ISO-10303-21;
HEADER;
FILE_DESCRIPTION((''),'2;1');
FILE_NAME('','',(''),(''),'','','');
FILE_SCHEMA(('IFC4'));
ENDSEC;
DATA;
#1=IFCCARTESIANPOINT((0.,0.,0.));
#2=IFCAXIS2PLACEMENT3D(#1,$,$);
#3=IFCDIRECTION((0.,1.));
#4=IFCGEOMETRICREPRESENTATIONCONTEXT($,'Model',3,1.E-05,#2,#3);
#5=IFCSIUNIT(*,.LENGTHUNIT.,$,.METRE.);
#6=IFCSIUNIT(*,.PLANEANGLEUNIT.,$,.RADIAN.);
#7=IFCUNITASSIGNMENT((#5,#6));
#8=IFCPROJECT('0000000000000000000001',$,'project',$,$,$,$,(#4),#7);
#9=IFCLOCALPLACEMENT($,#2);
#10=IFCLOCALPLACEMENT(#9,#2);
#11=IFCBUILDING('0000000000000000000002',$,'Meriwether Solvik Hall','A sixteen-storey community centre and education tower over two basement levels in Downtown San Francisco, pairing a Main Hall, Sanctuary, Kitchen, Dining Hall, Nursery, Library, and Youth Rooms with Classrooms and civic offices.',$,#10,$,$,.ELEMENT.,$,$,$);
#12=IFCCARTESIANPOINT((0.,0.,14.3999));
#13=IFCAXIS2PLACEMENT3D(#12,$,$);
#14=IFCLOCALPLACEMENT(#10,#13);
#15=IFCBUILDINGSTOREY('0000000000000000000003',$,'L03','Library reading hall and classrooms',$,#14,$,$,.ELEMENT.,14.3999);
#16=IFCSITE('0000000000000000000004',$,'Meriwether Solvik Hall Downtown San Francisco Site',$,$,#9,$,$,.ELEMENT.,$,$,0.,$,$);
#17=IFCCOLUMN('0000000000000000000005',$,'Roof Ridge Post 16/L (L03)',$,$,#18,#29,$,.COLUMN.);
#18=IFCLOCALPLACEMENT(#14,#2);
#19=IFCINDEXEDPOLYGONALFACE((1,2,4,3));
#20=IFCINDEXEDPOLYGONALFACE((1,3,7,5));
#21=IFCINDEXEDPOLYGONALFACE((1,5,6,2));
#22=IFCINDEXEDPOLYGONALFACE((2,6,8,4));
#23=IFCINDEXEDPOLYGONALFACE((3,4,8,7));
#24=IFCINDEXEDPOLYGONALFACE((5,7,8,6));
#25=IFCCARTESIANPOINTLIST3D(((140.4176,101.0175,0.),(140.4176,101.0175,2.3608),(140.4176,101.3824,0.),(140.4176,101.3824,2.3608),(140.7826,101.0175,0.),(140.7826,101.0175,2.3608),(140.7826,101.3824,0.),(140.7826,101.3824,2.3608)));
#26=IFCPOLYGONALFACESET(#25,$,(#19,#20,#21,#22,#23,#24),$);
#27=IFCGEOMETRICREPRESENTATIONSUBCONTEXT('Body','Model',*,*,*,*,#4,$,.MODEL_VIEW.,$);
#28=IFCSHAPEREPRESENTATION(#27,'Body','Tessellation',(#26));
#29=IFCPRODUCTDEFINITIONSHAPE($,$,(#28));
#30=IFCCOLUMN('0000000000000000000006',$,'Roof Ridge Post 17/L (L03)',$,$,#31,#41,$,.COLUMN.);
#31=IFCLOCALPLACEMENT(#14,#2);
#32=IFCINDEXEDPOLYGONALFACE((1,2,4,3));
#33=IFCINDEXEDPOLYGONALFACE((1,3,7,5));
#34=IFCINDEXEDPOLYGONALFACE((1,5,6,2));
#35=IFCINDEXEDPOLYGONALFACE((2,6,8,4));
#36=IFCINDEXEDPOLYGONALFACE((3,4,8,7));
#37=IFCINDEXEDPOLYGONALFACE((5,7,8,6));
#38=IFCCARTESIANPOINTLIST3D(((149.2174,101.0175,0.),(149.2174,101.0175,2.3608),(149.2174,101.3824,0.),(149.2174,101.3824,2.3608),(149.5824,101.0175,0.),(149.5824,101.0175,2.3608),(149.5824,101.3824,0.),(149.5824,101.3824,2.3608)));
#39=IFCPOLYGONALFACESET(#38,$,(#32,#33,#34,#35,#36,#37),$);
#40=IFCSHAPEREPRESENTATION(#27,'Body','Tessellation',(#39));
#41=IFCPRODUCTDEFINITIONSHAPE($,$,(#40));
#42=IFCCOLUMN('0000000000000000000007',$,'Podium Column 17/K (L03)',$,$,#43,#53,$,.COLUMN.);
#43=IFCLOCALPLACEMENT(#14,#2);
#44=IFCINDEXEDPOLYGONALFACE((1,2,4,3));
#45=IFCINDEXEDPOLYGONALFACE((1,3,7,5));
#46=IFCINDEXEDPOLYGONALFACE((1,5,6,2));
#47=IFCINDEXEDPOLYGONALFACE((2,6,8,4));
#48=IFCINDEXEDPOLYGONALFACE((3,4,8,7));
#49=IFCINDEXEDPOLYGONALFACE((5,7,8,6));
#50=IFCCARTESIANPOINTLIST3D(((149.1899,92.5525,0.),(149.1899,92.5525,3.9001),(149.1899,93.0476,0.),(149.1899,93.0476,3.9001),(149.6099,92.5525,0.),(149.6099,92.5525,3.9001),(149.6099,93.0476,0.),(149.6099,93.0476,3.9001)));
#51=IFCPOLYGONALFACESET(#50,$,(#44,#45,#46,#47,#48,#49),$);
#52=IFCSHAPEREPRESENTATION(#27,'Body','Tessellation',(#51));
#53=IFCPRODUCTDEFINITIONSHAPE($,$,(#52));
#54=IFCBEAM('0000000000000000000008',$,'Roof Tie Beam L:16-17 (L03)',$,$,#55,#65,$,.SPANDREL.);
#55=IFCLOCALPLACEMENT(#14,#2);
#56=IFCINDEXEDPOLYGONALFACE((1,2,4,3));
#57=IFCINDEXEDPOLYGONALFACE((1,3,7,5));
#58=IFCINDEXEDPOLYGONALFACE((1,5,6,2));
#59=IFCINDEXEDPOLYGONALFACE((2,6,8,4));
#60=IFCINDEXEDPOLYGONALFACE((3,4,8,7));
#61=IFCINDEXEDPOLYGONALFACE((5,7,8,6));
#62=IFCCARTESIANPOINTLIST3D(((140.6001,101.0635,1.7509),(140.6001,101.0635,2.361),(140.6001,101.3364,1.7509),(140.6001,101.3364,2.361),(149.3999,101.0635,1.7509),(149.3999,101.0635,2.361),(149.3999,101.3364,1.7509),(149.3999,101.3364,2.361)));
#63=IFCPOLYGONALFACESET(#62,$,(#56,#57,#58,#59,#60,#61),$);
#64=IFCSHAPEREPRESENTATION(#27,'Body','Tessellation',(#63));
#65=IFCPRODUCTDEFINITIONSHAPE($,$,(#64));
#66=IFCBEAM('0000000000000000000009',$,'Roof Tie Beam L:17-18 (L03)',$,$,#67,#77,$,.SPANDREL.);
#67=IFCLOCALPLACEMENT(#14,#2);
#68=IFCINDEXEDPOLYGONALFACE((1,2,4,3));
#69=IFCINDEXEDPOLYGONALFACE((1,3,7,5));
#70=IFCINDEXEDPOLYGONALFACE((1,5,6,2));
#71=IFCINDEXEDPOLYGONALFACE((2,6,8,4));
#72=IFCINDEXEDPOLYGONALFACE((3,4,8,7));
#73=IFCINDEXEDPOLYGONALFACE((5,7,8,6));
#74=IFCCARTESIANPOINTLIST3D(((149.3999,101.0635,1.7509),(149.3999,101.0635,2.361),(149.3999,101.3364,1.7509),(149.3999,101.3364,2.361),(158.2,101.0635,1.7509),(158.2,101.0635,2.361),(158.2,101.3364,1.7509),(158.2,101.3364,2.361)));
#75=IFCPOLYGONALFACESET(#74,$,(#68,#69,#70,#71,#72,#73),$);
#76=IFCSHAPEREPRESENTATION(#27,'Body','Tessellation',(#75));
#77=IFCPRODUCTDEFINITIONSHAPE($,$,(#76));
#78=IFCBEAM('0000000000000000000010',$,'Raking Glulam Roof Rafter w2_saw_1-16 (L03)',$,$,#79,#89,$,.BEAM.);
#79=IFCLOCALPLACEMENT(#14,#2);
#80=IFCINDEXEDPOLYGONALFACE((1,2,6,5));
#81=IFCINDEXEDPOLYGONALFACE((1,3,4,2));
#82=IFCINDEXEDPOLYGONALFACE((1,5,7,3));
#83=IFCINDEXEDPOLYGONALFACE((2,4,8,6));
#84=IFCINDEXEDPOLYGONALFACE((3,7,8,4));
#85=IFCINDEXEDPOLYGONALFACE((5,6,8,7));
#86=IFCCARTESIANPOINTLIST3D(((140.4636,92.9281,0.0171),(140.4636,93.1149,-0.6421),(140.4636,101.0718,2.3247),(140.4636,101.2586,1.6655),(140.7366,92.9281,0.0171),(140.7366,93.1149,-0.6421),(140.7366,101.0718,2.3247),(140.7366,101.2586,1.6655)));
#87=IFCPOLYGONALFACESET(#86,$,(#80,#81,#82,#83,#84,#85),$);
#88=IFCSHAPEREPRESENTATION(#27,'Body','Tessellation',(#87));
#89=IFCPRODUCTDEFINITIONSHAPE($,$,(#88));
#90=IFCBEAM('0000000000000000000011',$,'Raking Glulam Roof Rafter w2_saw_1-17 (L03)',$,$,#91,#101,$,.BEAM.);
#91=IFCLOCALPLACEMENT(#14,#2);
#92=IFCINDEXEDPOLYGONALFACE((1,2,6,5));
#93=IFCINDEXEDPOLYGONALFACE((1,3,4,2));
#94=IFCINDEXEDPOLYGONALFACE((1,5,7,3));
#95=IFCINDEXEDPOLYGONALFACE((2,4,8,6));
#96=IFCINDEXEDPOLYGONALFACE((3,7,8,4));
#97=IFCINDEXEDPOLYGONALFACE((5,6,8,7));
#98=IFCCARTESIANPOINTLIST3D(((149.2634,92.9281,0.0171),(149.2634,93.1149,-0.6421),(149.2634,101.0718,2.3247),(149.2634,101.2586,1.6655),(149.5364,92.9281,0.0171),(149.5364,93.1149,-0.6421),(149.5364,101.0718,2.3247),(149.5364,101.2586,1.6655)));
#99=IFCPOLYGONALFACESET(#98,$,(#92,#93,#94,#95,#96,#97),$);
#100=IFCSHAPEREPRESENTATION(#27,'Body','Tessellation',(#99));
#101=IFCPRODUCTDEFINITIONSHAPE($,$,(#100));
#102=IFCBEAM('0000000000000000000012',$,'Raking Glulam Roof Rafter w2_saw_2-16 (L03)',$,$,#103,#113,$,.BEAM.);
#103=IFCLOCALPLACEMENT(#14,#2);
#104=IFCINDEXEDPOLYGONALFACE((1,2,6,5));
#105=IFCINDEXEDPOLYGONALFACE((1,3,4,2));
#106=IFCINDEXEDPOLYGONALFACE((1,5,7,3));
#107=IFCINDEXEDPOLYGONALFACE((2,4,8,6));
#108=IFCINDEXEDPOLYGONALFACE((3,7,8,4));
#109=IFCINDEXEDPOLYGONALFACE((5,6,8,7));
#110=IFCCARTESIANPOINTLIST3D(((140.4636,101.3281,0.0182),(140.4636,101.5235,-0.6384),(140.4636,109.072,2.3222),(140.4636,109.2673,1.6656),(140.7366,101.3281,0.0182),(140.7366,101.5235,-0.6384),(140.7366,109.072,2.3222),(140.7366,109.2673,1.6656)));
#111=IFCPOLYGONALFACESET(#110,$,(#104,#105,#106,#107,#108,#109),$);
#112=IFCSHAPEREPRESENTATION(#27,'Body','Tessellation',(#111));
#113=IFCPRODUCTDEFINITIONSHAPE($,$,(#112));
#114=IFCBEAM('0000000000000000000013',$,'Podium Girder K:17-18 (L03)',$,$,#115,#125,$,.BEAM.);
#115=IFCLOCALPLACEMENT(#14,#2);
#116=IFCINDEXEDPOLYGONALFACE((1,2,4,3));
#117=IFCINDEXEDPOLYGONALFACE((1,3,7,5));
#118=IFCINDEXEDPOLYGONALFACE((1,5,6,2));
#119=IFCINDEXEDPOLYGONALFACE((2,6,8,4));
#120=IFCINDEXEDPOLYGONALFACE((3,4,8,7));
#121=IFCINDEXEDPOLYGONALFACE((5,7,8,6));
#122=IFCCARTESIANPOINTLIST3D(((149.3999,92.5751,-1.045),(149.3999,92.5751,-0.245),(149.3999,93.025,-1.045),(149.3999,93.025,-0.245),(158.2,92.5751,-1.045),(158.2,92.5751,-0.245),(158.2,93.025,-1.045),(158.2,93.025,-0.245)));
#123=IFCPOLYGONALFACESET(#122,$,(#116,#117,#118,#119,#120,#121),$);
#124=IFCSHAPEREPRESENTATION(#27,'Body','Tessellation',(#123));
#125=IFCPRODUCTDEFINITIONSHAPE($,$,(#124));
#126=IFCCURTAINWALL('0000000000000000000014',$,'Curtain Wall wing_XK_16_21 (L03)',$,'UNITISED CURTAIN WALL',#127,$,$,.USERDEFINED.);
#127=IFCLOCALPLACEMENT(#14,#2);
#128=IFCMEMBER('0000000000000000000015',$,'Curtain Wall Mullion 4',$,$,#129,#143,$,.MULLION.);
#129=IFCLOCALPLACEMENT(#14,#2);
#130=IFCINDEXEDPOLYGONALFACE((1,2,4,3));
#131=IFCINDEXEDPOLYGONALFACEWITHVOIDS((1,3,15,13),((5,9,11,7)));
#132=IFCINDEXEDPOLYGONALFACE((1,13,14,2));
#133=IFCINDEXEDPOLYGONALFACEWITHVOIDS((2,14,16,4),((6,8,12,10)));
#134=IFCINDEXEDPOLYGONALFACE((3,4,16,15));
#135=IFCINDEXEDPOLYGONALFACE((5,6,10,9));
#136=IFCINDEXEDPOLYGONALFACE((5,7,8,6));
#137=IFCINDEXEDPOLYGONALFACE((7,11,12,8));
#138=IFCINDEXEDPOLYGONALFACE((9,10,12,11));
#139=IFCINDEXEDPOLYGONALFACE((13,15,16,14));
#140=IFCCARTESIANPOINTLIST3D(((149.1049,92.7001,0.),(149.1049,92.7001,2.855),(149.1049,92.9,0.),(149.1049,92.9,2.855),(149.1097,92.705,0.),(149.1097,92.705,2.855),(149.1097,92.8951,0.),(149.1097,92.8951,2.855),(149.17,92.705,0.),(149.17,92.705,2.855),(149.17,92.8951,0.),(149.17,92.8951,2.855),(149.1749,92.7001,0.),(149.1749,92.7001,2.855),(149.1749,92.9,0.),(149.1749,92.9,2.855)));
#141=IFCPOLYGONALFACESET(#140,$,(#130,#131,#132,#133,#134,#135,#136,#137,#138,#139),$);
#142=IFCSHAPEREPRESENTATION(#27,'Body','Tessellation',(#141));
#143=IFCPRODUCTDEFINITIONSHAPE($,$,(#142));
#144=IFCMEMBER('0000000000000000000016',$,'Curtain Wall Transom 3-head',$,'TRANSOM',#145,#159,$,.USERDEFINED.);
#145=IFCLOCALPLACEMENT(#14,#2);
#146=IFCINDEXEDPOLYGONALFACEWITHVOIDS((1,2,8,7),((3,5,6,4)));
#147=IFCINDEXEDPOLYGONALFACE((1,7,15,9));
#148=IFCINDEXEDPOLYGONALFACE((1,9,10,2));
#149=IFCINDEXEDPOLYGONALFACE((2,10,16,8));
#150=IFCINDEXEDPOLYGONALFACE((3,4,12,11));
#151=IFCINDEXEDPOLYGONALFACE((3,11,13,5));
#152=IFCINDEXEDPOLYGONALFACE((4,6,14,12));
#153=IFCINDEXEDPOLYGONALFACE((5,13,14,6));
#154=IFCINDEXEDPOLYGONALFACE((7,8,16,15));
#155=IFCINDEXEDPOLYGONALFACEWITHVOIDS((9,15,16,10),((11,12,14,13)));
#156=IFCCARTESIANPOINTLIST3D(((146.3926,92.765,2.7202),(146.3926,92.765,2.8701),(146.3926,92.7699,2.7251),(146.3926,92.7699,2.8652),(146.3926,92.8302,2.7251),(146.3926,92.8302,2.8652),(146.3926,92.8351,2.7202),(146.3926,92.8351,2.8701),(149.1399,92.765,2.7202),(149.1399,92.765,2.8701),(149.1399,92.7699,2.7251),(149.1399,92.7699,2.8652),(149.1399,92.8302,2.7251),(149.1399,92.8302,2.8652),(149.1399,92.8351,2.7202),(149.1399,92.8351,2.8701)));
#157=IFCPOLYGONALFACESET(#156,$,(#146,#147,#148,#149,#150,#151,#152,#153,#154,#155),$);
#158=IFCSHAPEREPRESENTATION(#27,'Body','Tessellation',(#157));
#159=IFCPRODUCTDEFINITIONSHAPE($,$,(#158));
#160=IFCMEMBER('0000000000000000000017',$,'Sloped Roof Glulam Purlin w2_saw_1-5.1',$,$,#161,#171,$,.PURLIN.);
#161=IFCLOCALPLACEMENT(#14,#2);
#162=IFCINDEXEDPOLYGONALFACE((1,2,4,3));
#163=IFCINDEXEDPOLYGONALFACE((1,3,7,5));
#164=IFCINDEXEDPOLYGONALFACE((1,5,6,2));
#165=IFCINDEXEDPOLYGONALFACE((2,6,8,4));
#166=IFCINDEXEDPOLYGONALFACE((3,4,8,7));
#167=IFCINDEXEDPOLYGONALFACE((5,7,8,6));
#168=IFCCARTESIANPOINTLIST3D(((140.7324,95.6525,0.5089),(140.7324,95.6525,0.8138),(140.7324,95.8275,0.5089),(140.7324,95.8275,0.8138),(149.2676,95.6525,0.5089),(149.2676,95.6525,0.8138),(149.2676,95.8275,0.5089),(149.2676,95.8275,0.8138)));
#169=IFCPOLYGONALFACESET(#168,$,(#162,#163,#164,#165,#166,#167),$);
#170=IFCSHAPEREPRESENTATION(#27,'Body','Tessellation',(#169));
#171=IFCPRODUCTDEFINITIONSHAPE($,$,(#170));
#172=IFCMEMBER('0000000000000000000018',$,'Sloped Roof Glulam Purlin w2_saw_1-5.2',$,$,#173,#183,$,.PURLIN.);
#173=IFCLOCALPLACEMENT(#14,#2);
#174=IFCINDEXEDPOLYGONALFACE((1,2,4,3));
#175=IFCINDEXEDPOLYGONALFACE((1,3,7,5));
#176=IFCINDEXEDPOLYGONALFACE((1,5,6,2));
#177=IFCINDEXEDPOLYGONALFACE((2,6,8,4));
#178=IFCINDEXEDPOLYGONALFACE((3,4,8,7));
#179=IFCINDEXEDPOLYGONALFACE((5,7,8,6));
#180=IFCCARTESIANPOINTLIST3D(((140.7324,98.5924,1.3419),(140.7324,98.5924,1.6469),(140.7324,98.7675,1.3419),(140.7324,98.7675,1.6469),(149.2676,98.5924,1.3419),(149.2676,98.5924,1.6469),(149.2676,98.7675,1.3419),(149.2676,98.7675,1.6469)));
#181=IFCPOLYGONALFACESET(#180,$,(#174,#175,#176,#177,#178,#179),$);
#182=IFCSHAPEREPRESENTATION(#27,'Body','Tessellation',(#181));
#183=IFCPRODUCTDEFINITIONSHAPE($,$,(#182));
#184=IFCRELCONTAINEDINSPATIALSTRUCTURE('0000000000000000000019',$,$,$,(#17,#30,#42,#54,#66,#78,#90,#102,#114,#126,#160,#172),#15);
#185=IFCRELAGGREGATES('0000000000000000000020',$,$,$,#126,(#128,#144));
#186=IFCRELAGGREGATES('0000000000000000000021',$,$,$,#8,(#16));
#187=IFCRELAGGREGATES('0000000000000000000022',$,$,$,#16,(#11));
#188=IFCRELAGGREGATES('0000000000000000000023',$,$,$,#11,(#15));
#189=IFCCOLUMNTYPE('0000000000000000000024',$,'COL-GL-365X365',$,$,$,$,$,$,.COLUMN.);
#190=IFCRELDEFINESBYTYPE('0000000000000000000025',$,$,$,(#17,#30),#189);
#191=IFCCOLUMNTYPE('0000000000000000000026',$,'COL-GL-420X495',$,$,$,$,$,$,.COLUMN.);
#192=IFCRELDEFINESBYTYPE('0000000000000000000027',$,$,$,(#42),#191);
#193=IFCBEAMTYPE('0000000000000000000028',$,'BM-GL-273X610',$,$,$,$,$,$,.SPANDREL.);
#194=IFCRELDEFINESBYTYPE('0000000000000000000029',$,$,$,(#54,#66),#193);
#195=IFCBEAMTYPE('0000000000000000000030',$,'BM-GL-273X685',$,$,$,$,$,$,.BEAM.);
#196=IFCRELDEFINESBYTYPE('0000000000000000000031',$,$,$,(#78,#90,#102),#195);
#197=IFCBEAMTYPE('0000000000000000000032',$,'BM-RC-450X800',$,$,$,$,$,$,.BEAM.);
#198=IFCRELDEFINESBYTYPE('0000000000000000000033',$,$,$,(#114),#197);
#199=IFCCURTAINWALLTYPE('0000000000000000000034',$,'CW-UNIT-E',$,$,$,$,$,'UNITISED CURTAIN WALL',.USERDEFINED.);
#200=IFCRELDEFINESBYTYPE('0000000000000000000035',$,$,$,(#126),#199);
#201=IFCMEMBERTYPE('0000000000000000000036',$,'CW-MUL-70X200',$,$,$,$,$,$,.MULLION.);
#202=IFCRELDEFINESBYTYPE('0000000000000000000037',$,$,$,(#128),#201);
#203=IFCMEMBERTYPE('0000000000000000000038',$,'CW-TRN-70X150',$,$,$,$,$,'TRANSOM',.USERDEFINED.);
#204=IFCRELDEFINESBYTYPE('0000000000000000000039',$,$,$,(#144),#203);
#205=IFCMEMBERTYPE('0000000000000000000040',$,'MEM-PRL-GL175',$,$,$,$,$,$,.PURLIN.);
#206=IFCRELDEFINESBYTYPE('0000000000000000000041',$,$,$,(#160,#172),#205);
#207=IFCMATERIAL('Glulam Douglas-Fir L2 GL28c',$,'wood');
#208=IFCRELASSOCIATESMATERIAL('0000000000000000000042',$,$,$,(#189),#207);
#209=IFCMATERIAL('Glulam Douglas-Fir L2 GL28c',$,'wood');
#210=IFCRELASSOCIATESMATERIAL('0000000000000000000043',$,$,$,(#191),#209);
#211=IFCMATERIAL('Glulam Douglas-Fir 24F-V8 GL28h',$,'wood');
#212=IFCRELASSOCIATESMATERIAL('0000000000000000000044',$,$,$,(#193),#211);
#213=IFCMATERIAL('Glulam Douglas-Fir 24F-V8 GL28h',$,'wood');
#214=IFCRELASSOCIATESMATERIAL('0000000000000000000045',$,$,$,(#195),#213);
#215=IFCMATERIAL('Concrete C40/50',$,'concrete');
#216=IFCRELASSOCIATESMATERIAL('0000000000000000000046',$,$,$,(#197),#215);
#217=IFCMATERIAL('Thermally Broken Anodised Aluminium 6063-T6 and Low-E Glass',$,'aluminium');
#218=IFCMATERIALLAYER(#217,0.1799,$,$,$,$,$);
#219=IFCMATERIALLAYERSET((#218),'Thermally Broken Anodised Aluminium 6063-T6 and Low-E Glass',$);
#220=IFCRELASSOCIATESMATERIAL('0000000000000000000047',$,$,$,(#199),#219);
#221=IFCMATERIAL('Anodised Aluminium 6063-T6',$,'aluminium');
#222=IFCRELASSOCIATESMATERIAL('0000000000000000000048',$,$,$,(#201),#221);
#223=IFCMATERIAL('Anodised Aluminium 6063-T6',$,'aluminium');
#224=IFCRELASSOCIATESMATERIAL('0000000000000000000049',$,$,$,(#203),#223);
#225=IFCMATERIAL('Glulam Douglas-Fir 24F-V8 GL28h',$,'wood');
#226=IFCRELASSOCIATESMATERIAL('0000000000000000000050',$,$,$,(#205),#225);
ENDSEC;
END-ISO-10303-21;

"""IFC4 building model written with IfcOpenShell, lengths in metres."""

from ifc_helpers import new_model, si_unit, direction, frame, origin, origin_2d, place, context, subcontext, project, spatial, rectangle, hollow_rectangle, extrude, material, layer, layer_set, material_profile, profile_set, type_object, element, aggregate, save


model = new_model("IFC4")

# Units and contexts
model_context = context("Model", 3, precision=1e-05, world=origin(), true_north=direction((0.0, 1.0)))
body_context = subcontext(model_context, "Body", "Model", "MODEL_VIEW")
ifc_project = project(units=[si_unit("LENGTHUNIT", "METRE"), si_unit("PLANEANGLEUNIT", "RADIAN")], contexts=[model_context])

# Site, building, storey
site_placement = place(None, origin())
site = spatial("IfcSite", under=ifc_project, at=site_placement, Name="Meriwether Solvik Hall Downtown San Francisco Site", CompositionType="ELEMENT", RefElevation=0.0)
building_placement = place(site_placement, origin())
building = spatial("IfcBuilding", under=site, at=building_placement, Name="Meriwether Solvik Hall", Description="A sixteen-storey community centre and education tower over two basement levels in Downtown San Francisco, pairing a Main Hall, Sanctuary, Kitchen, Dining Hall, Nursery, Library, and Youth Rooms with Classrooms and civic offices.", CompositionType="ELEMENT")
storey_placement = place(building_placement, frame((0.0, 0.0, 14.3999)))
storey = spatial("IfcBuildingStorey", under=building, at=storey_placement, Name="L03", Description="Library reading hall and classrooms", CompositionType="ELEMENT", Elevation=14.3999)

# Columns
ifc_material_1 = material(Name="Glulam Douglas-Fir L2 GL28c", Category="wood")
ifc_material_profile_1 = material_profile(ifc_material_1, rectangle(XDim=0.365, YDim=0.365, at=origin_2d()), Name="GLC-365X365")
ifc_profile_set_1 = profile_set([ifc_material_profile_1], Name="Glulam Douglas-Fir L2 GL28c")
column_type_1 = type_object("IfcColumnType", Name="COL-GL-365X365", PredefinedType="COLUMN", material=ifc_profile_set_1)
for number, where, z_axis, x_axis, name in (
    (1, (140.6001, 101.2, 0.0), (0.0, 0.0, 1.0), (1.0, 0.0, 0.0), "Roof Ridge Post 16/L (L03)"),
    (2, (149.3999, 101.2, 0.0), (0.0, 0.0, 1.0), (1.0, 0.0, 0.0), "Roof Ridge Post 17/L (L03)"),
):
    element("IfcColumn", number, at=place(storey_placement, frame(where, z_axis=z_axis, x_axis=x_axis)), inside=storey, type_object=column_type_1, Name=name, PredefinedType="COLUMN", context=body_context, shape_type="SweptSolid", body=[
        extrude(rectangle(XDim=0.365, YDim=0.365, at=origin_2d()), origin(), (0.0, 0.0, 1.0), 2.3608),
    ])
ifc_material_2 = material(Name="Glulam Douglas-Fir L2 GL28c", Category="wood")
ifc_material_profile_2 = material_profile(ifc_material_2, rectangle(XDim=0.4199, YDim=0.4951, at=origin_2d()), Name="GLC-420X495")
ifc_profile_set_2 = profile_set([ifc_material_profile_2], Name="Glulam Douglas-Fir L2 GL28c")
column_type_2 = type_object("IfcColumnType", Name="COL-GL-420X495", PredefinedType="COLUMN", material=ifc_profile_set_2)
column_placement = place(storey_placement, frame((149.3999, 92.8, 0.0), z_axis=(0.0, 0.0, 1.0), x_axis=(1.0, 0.0, 0.0)))
element("IfcColumn", 3, at=column_placement, inside=storey, type_object=column_type_2, Name="Podium Column 17/K (L03)", PredefinedType="COLUMN", context=body_context, shape_type="SweptSolid", body=[
    extrude(rectangle(XDim=0.4199, YDim=0.4951, at=origin_2d()), origin(), (0.0, 0.0, 1.0), 3.9001),
])

# Beams
ifc_material_3 = material(Name="Glulam Douglas-Fir 24F-V8 GL28h", Category="wood")
ifc_material_profile_3 = material_profile(ifc_material_3, rectangle(XDim=0.2729, YDim=0.6101, at=origin_2d()), Name="GLB-273X610")
ifc_profile_set_3 = profile_set([ifc_material_profile_3], Name="Glulam Douglas-Fir 24F-V8 GL28h")
beam_type_1 = type_object("IfcBeamType", Name="BM-GL-273X610", PredefinedType="SPANDREL", material=ifc_profile_set_3)
beam_1_placement = place(storey_placement, frame((140.6001, 101.2, 2.0559), z_axis=(1.0, 0.0, 0.0), x_axis=(0.0, 1.0, 0.0)))
element("IfcBeam", 4, at=beam_1_placement, inside=storey, type_object=beam_type_1, Name="Roof Tie Beam L:16-17 (L03)", PredefinedType="SPANDREL", context=body_context, shape_type="SweptSolid", body=[
    extrude(rectangle(XDim=0.2729, YDim=0.6101, at=origin_2d()), origin(), (0.0, 0.0, 1.0), 8.7998),
])
beam_2_placement = place(storey_placement, frame((149.3999, 101.2, 2.0559), z_axis=(1.0, 0.0, 0.0), x_axis=(0.0, 1.0, 0.0)))
element("IfcBeam", 5, at=beam_2_placement, inside=storey, type_object=beam_type_1, Name="Roof Tie Beam L:17-18 (L03)", PredefinedType="SPANDREL", context=body_context, shape_type="SweptSolid", body=[
    extrude(rectangle(XDim=0.2729, YDim=0.6101, at=origin_2d()), origin(), (0.0, 0.0, 1.0), 8.8),
])
ifc_material_4 = material(Name="Glulam Douglas-Fir 24F-V8 GL28h", Category="wood")
ifc_material_profile_4 = material_profile(ifc_material_4, rectangle(XDim=0.2729, YDim=0.6851, at=origin_2d()), Name="GLB-273X685")
ifc_profile_set_4 = profile_set([ifc_material_profile_4], Name="Glulam Douglas-Fir 24F-V8 GL28h")
beam_type_2 = type_object("IfcBeamType", Name="BM-GL-273X685", PredefinedType="BEAM", material=ifc_profile_set_4)
for number, where, z_axis, x_axis, name in (
    (6, (140.6001, 93.0215, -0.3125), (0.0, 0.96212, 0.272625), (-1.0, 0.0, 0.0), "Raking Glulam Roof Rafter w2_saw_1-16 (L03)"),
    (7, (149.3999, 93.0215, -0.3125), (0.0, 0.96212, 0.272625), (-1.0, 0.0, 0.0), "Raking Glulam Roof Rafter w2_saw_1-17 (L03)"),
):
    element("IfcBeam", number, at=place(storey_placement, frame(where, z_axis=z_axis, x_axis=x_axis)), inside=storey, type_object=beam_type_2, Name=name, PredefinedType="BEAM", context=body_context, shape_type="SweptSolid", body=[
        extrude(rectangle(XDim=0.2729, YDim=0.6851, at=origin_2d()), origin(), (0.0, 0.0, 1.0), 8.4644),
    ])
beam_3_placement = place(storey_placement, frame((140.6001, 101.4258, -0.3101), z_axis=(0.0, 0.958478, 0.285165), x_axis=(-1.0, 0.0, 0.0)))
element("IfcBeam", 8, at=beam_3_placement, inside=storey, type_object=beam_type_2, Name="Raking Glulam Roof Rafter w2_saw_2-16 (L03)", PredefinedType="BEAM", context=body_context, shape_type="SweptSolid", body=[
    extrude(rectangle(XDim=0.2729, YDim=0.6851, at=origin_2d()), origin(), (0.0, 0.0, 1.0), 8.0793),
])
ifc_material_5 = material(Name="Concrete C40/50", Category="concrete")
ifc_material_profile_5 = material_profile(ifc_material_5, rectangle(XDim=0.45, YDim=0.8, at=origin_2d()), Name="RCB-450X800")
ifc_profile_set_5 = profile_set([ifc_material_profile_5], Name="Concrete C40/50")
beam_type_3 = type_object("IfcBeamType", Name="BM-RC-450X800", PredefinedType="BEAM", material=ifc_profile_set_5)
beam_4_placement = place(storey_placement, frame((149.3999, 92.8, -0.645), z_axis=(1.0, 0.0, 0.0), x_axis=(0.0, 1.0, 0.0)))
element("IfcBeam", 9, at=beam_4_placement, inside=storey, type_object=beam_type_3, Name="Podium Girder K:17-18 (L03)", PredefinedType="BEAM", context=body_context, shape_type="SweptSolid", body=[
    extrude(rectangle(XDim=0.45, YDim=0.8, at=origin_2d()), origin(), (0.0, 0.0, 1.0), 8.8),
])

# Curtain wall, members
ifc_material_6 = material(Name="Thermally Broken Anodised Aluminium 6063-T6 and Low-E Glass", Category="aluminium")
ifc_layer_1 = layer(ifc_material_6, 0.1799)
ifc_layer_set_1 = layer_set([ifc_layer_1], Name="Thermally Broken Anodised Aluminium 6063-T6 and Low-E Glass")
curtain_wall_type = type_object("IfcCurtainWallType", Name="CW-UNIT-E", ElementType="UNITISED CURTAIN WALL", PredefinedType="USERDEFINED", material=ifc_layer_set_1)
curtain_wall_placement = place(storey_placement, origin())
curtain_wall = element("IfcCurtainWall", 10, at=curtain_wall_placement, inside=storey, type_object=curtain_wall_type, Name="Curtain Wall wing_XK_16_21 (L03)", ObjectType="UNITISED CURTAIN WALL", PredefinedType="USERDEFINED")
ifc_material_7 = material(Name="Anodised Aluminium 6063-T6", Category="aluminium")
ifc_material_profile_6 = material_profile(ifc_material_7, hollow_rectangle(XDim=0.0701, YDim=0.2, WallThickness=0.0049, at=origin_2d()), Name="CWM-70X200")
ifc_profile_set_6 = profile_set([ifc_material_profile_6], Name="Anodised Aluminium 6063-T6")
member_type_1 = type_object("IfcMemberType", Name="CW-MUL-70X200", PredefinedType="MULLION", material=ifc_profile_set_6)
member_1_placement = place(storey_placement, frame((149.1399, 92.8, 0.0), z_axis=(0.0, 0.0, 1.0), x_axis=(1.0, 0.0, 0.0)))
member_1 = element("IfcMember", 11, at=member_1_placement, type_object=member_type_1, Name="Curtain Wall Mullion 4", PredefinedType="MULLION", context=body_context, shape_type="SweptSolid", body=[
    extrude(hollow_rectangle(XDim=0.0701, YDim=0.2, WallThickness=0.0049, at=origin_2d()), origin(), (0.0, 0.0, 1.0), 2.855),
])
ifc_material_8 = material(Name="Anodised Aluminium 6063-T6", Category="aluminium")
ifc_material_profile_7 = material_profile(ifc_material_8, hollow_rectangle(XDim=0.0701, YDim=0.1499, WallThickness=0.0049, at=origin_2d()), Name="CWT-70X150")
ifc_profile_set_7 = profile_set([ifc_material_profile_7], Name="Anodised Aluminium 6063-T6")
member_type_2 = type_object("IfcMemberType", Name="CW-TRN-70X150", ElementType="TRANSOM", PredefinedType="USERDEFINED", material=ifc_profile_set_7)
member_2_placement = place(storey_placement, frame((146.3926, 92.8, 2.7952), z_axis=(1.0, 0.0, 0.0), x_axis=(0.0, 1.0, 0.0)))
member_2 = element("IfcMember", 12, at=member_2_placement, type_object=member_type_2, Name="Curtain Wall Transom 3-head", ObjectType="TRANSOM", PredefinedType="USERDEFINED", context=body_context, shape_type="SweptSolid", body=[
    extrude(hollow_rectangle(XDim=0.0701, YDim=0.1499, WallThickness=0.0049, at=origin_2d()), origin(), (0.0, 0.0, 1.0), 2.7473),
])

# Members
ifc_material_9 = material(Name="Glulam Douglas-Fir 24F-V8 GL28h", Category="wood")
ifc_material_profile_8 = material_profile(ifc_material_9, rectangle(XDim=0.175, YDim=0.3049, at=origin_2d()), Name="GLM-175X305")
ifc_profile_set_8 = profile_set([ifc_material_profile_8], Name="Glulam Douglas-Fir 24F-V8 GL28h")
member_type_3 = type_object("IfcMemberType", Name="MEM-PRL-GL175", PredefinedType="PURLIN", material=ifc_profile_set_8)
for number, where, z_axis, x_axis, name in (
    (13, (140.7324, 95.74, 0.6614), (1.0, 0.0, 0.0), (0.0, 1.0, 0.0), "Sloped Roof Glulam Purlin w2_saw_1-5.1"),
    (14, (140.7324, 98.6799, 1.4944), (1.0, 0.0, 0.0), (0.0, 1.0, 0.0), "Sloped Roof Glulam Purlin w2_saw_1-5.2"),
):
    element("IfcMember", number, at=place(storey_placement, frame(where, z_axis=z_axis, x_axis=x_axis)), inside=storey, type_object=member_type_3, Name=name, PredefinedType="PURLIN", context=body_context, shape_type="SweptSolid", body=[
        extrude(rectangle(XDim=0.175, YDim=0.3049, at=origin_2d()), origin(), (0.0, 0.0, 1.0), 8.5352),
    ])

aggregate(curtain_wall, [member_1, member_2])

save(model, "model.ifc")
